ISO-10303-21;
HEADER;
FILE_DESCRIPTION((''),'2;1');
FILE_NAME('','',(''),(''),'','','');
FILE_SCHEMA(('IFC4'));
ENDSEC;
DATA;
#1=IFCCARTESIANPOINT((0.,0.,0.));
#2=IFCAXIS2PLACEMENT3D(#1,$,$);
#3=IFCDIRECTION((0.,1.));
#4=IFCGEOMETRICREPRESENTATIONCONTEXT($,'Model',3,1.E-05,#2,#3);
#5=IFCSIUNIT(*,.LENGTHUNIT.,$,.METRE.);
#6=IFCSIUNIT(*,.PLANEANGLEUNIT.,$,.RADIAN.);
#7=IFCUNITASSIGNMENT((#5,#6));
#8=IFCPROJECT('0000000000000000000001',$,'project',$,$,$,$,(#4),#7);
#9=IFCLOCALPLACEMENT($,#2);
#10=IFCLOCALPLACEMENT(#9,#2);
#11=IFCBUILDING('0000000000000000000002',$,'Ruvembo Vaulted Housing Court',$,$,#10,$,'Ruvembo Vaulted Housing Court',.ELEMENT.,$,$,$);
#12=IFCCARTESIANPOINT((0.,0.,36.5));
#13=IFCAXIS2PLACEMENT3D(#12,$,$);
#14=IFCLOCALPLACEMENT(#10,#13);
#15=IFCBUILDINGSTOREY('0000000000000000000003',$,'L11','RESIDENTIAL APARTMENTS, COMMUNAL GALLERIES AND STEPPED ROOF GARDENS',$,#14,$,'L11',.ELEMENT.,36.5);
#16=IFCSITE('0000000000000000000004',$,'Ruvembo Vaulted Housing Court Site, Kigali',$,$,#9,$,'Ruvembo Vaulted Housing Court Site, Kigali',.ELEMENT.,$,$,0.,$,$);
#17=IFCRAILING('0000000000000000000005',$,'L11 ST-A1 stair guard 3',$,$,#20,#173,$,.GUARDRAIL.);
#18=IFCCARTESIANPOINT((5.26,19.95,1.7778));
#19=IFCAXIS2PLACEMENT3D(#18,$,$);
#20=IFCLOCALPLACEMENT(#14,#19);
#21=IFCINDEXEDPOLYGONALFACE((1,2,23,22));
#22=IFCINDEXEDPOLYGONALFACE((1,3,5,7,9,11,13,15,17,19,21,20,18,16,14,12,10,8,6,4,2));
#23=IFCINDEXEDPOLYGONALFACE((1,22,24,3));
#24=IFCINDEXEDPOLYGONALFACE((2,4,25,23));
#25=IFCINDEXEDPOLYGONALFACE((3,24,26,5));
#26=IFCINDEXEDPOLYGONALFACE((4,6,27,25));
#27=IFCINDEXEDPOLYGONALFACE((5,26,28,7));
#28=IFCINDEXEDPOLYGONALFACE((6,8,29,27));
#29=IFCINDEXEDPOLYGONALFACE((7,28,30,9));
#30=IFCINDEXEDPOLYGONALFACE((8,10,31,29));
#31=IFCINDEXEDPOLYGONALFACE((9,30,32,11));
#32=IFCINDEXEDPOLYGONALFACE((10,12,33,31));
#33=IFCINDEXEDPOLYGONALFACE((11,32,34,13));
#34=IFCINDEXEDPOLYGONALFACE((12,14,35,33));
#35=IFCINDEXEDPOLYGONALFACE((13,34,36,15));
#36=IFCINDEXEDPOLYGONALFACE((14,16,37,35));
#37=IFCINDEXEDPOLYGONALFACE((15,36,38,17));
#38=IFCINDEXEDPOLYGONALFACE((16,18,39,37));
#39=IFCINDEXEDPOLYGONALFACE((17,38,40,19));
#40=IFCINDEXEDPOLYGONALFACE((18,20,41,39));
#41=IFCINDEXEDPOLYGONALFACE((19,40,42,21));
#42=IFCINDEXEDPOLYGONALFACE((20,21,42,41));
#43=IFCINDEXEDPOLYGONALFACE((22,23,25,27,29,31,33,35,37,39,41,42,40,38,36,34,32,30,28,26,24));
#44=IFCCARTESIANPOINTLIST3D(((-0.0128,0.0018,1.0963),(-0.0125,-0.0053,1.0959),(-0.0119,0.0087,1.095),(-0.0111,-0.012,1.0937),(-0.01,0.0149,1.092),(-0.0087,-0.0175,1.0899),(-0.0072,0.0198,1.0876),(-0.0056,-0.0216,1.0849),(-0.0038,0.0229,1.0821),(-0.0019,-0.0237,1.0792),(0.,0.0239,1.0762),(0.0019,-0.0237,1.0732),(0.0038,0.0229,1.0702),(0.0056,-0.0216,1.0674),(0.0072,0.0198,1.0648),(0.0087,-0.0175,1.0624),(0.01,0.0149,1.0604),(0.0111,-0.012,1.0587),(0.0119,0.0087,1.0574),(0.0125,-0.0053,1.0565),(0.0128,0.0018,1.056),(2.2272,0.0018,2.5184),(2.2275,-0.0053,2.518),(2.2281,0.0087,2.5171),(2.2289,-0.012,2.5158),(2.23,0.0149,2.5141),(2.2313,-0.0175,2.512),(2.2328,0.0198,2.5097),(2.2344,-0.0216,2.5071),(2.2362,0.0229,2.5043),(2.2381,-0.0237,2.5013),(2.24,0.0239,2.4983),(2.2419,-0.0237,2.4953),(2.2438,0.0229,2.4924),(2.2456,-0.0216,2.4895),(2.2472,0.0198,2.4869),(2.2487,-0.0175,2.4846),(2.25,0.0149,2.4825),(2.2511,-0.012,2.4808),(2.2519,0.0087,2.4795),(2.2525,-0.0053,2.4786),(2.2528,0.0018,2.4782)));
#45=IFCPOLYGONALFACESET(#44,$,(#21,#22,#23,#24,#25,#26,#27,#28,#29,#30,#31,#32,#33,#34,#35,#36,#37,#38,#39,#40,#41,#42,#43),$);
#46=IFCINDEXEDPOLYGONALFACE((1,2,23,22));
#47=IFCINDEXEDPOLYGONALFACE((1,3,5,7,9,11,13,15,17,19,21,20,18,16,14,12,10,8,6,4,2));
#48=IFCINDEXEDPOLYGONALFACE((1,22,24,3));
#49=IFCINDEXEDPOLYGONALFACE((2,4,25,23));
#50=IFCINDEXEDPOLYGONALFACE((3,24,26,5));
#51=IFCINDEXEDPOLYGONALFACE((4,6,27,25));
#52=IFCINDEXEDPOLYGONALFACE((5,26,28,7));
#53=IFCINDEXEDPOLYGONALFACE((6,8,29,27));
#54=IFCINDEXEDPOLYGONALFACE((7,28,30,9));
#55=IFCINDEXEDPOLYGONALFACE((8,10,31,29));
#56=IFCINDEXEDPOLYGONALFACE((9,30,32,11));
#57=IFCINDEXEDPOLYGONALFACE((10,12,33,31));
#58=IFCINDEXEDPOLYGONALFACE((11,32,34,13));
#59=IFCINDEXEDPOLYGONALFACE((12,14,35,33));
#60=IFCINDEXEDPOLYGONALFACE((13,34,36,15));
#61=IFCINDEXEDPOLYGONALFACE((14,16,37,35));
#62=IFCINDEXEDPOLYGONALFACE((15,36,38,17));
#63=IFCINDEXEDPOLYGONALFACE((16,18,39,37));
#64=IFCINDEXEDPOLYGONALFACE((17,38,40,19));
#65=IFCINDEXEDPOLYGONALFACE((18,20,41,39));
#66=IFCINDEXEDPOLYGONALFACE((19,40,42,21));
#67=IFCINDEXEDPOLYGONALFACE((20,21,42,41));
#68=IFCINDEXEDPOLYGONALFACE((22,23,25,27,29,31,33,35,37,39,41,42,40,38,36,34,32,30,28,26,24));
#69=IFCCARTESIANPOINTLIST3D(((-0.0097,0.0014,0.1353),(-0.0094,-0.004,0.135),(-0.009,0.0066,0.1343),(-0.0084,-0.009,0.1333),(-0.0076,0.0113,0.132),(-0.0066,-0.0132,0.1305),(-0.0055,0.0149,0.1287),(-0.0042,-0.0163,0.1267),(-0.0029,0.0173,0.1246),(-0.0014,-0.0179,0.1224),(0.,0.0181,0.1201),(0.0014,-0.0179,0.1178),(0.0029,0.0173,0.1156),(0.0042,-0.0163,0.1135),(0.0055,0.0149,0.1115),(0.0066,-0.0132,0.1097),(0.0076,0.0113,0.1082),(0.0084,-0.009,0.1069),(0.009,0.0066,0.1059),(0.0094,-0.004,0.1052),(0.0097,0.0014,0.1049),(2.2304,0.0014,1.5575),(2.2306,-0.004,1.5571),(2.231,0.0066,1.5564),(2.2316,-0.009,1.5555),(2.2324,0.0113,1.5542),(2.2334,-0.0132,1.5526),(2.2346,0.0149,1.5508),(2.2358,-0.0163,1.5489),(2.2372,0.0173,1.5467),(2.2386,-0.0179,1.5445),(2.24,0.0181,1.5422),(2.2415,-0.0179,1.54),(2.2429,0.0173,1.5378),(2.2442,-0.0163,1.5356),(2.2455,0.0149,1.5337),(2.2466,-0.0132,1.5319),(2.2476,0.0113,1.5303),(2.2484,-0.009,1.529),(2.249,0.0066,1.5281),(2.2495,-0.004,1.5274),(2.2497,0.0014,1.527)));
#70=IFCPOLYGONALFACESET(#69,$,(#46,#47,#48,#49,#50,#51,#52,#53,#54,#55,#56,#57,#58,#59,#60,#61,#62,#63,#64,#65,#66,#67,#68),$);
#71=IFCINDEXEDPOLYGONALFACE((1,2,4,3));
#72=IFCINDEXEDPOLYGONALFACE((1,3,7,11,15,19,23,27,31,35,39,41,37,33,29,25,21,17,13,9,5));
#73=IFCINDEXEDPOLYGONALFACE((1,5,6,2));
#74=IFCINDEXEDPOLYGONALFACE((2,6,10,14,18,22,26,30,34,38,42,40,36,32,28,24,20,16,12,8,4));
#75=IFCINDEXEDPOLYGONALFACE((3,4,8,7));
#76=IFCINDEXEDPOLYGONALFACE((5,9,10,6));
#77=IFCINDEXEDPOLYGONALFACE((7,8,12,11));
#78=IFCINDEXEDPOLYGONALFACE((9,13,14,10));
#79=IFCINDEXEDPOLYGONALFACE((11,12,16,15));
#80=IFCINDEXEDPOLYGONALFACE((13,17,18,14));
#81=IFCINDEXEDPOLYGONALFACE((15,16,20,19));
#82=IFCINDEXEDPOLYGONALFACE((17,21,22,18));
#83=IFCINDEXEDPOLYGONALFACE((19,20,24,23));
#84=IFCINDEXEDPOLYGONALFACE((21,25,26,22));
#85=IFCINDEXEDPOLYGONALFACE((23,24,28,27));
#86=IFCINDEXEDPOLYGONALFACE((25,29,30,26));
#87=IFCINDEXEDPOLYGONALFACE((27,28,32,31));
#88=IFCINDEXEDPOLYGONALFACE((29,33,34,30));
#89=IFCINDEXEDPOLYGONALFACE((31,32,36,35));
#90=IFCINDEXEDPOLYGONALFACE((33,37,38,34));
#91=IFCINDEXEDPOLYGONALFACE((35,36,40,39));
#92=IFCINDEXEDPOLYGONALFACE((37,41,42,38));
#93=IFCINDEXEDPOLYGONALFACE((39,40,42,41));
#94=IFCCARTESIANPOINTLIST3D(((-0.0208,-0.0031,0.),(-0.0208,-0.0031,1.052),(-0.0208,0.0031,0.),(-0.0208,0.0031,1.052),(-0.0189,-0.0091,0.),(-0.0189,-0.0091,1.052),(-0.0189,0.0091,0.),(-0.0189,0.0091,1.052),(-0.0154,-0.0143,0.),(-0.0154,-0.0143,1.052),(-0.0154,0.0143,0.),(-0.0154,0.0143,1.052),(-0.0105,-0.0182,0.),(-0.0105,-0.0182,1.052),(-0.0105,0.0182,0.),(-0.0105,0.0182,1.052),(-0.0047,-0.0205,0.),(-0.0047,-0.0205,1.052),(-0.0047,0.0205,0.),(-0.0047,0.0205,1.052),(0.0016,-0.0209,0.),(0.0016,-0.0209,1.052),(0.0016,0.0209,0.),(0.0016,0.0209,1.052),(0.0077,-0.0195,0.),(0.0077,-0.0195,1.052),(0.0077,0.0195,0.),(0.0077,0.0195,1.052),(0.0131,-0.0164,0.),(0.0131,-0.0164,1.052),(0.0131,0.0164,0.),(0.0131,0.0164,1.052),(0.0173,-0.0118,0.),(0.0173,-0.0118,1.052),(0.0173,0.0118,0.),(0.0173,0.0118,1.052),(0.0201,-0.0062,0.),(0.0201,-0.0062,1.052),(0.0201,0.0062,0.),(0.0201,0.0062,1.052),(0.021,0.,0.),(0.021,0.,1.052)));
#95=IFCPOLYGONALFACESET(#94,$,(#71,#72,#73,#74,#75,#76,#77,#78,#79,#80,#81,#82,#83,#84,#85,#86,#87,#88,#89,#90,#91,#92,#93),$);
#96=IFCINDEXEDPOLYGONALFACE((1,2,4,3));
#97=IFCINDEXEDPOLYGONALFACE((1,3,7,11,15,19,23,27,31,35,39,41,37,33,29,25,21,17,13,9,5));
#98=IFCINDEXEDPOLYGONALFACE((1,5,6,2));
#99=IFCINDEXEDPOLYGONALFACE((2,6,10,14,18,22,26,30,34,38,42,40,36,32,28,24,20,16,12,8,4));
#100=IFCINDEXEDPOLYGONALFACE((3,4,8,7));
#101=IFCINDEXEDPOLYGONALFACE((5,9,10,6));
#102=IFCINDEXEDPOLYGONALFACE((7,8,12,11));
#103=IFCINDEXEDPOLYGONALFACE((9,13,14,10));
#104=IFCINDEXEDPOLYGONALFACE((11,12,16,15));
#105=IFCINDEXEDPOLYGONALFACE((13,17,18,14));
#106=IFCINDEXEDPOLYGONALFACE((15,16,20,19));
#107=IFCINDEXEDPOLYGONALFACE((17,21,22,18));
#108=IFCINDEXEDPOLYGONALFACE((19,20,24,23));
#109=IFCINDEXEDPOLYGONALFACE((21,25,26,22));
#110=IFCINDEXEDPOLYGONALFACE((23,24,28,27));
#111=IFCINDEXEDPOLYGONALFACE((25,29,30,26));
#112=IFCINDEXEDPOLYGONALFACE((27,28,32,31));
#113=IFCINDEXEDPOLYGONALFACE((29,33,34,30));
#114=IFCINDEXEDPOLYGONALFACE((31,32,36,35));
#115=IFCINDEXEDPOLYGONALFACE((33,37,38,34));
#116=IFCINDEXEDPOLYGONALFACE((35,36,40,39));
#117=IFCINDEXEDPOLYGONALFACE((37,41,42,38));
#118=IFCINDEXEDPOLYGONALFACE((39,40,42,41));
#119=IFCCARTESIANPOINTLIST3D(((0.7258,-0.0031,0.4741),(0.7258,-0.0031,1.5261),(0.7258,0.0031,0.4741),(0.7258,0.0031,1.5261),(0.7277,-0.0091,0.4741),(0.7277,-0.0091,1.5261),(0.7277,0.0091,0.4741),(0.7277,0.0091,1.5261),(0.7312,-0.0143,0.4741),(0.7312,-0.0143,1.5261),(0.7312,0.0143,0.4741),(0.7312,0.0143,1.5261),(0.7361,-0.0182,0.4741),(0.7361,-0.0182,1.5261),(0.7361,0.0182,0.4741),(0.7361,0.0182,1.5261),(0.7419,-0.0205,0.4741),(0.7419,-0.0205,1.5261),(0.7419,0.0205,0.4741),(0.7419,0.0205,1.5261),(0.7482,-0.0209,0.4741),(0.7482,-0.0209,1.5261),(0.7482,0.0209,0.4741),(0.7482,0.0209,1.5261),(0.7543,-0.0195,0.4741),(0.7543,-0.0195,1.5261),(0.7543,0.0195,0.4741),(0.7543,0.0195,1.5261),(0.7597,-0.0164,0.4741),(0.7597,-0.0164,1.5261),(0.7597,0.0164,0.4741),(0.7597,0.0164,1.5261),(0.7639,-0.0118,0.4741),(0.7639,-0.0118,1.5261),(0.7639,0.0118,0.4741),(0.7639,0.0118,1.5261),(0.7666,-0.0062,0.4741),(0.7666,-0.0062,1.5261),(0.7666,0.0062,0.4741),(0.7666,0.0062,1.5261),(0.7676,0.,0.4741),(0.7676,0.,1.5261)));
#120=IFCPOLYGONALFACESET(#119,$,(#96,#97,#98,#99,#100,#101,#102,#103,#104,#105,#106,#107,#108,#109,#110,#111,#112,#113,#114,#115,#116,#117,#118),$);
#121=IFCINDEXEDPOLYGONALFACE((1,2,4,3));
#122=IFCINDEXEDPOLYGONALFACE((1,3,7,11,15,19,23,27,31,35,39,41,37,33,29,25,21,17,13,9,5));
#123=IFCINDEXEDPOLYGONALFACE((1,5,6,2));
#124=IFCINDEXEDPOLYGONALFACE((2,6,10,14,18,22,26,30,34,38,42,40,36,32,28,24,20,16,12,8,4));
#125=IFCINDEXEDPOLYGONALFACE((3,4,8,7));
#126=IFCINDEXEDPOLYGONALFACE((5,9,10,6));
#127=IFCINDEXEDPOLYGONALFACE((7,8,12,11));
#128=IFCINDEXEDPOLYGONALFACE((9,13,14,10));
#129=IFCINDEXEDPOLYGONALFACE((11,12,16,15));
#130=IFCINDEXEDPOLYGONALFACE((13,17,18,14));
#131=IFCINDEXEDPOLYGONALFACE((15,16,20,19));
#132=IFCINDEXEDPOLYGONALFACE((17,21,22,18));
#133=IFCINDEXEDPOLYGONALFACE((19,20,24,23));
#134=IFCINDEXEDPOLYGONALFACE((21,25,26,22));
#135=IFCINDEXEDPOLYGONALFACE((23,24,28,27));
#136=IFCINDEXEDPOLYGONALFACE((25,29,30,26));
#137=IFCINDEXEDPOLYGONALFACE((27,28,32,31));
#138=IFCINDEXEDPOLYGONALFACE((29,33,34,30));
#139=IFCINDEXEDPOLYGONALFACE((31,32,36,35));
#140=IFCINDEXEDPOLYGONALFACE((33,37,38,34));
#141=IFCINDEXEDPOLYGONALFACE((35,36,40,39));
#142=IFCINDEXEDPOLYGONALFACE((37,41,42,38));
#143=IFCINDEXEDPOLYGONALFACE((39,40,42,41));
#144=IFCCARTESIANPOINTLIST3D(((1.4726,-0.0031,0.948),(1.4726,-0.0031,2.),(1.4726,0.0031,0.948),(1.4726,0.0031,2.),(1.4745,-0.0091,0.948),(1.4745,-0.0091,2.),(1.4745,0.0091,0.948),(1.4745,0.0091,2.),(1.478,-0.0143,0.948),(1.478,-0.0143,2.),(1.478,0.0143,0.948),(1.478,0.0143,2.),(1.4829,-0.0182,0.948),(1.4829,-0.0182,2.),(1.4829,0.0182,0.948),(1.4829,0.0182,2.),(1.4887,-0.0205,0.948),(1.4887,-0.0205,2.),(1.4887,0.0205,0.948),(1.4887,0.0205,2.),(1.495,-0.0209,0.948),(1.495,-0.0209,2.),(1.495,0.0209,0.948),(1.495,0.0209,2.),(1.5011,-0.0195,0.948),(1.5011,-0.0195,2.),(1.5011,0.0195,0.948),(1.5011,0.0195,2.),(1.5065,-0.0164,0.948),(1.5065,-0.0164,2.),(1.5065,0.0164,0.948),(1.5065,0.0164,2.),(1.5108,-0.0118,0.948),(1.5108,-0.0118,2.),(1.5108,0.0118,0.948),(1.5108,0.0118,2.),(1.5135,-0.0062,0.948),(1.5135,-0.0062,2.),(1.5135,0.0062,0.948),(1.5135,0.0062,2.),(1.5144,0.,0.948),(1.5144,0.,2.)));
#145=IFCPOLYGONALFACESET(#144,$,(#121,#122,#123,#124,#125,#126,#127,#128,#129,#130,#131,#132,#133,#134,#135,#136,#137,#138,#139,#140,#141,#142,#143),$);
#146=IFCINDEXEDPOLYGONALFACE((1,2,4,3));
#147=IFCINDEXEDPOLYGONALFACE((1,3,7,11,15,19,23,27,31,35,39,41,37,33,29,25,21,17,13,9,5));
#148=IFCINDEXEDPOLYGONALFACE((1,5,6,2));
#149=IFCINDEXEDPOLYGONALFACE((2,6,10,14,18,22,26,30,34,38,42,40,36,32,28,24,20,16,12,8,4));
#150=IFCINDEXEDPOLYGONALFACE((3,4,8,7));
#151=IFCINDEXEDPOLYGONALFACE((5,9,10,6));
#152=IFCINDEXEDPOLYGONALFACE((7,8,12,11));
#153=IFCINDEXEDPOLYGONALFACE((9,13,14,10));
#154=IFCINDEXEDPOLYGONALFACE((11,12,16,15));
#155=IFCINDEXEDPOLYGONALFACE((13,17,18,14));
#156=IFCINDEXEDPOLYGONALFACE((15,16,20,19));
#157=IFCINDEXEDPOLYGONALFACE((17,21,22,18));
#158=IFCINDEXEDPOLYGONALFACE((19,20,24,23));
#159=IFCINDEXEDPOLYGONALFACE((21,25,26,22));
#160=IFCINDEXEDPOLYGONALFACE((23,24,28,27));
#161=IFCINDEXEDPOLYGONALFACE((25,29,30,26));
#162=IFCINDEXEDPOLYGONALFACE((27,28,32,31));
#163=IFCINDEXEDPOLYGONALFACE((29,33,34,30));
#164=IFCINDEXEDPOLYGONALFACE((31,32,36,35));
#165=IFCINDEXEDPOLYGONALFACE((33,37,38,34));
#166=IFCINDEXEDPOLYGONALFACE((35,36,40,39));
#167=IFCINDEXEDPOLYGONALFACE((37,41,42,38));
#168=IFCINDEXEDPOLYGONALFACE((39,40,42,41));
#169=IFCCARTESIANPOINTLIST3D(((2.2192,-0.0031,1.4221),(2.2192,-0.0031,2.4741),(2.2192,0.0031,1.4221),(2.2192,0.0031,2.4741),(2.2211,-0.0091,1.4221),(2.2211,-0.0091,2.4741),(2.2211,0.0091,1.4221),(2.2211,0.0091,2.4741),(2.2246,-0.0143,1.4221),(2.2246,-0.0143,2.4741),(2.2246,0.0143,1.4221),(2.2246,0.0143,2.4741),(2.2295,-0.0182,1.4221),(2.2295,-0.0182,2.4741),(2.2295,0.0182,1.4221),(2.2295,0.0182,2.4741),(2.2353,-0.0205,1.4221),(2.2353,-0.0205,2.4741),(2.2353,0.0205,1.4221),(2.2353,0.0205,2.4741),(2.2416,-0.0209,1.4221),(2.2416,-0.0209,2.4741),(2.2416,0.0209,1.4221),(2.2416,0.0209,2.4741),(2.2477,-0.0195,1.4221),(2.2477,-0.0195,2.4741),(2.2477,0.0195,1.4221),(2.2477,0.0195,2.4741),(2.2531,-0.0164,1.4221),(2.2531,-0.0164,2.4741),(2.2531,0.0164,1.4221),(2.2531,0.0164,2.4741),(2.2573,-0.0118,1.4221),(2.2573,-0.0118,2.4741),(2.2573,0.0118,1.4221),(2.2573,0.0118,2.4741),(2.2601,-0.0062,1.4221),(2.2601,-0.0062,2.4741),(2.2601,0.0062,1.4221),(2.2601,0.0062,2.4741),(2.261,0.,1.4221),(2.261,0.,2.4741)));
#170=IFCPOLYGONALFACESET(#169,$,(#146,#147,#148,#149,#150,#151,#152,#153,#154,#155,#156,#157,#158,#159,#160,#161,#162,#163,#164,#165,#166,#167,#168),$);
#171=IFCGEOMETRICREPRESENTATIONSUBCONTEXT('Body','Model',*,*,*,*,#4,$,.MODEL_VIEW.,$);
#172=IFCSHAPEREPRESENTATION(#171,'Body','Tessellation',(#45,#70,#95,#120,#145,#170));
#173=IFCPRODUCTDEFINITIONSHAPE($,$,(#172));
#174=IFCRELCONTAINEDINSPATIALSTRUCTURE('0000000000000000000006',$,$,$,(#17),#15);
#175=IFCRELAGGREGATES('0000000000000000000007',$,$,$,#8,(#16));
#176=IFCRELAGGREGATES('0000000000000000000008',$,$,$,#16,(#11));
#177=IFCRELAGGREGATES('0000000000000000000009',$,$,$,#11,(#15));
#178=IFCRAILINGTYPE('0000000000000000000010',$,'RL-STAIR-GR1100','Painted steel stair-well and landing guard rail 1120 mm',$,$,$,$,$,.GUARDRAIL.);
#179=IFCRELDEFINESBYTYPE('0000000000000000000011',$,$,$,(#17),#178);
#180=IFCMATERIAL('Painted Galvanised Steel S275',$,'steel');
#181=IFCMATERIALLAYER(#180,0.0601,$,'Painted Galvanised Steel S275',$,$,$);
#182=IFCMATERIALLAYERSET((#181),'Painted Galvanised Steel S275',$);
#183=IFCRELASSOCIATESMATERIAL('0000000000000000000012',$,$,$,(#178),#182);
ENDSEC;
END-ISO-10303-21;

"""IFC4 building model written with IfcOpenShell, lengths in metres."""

from ifc_helpers import new_model, si_unit, direction, frame, origin, origin_2d, place, context, subcontext, project, spatial, circle, extrude, material, layer, layer_set, type_object, element, save


model = new_model("IFC4")

# Units and contexts
model_context = context("Model", 3, precision=1e-05, world=origin(), true_north=direction((0.0, 1.0)))
body_context = subcontext(model_context, "Body", "Model", "MODEL_VIEW")
ifc_project = project(units=[si_unit("LENGTHUNIT", "METRE"), si_unit("PLANEANGLEUNIT", "RADIAN")], contexts=[model_context])

# Site, building, storey
site_placement = place(None, origin())
site = spatial("IfcSite", under=ifc_project, at=site_placement, Name="Ruvembo Vaulted Housing Court Site, Kigali", LongName="Ruvembo Vaulted Housing Court Site, Kigali", CompositionType="ELEMENT", RefElevation=0.0)
building_placement = place(site_placement, origin())
building = spatial("IfcBuilding", under=site, at=building_placement, Name="Ruvembo Vaulted Housing Court", LongName="Ruvembo Vaulted Housing Court", CompositionType="ELEMENT")
storey_placement = place(building_placement, frame((0.0, 0.0, 36.5)))
storey = spatial("IfcBuildingStorey", under=building, at=storey_placement, Name="L11", Description="RESIDENTIAL APARTMENTS, COMMUNAL GALLERIES AND STEPPED ROOF GARDENS", LongName="L11", CompositionType="ELEMENT", Elevation=36.5)

# Railing
ifc_material_1 = material(Name="Painted Galvanised Steel S275", Category="steel")
ifc_layer_1 = layer(ifc_material_1, 0.0601, Name="Painted Galvanised Steel S275")
ifc_layer_set_1 = layer_set([ifc_layer_1], Name="Painted Galvanised Steel S275")
railing_type_1 = type_object("IfcRailingType", Name="RL-STAIR-GR1100", Description="Painted steel stair-well and landing guard rail 1120 mm", PredefinedType="GUARDRAIL", material=ifc_layer_set_1)
railing_1_placement = place(storey_placement, frame((5.26, 19.95, 1.7778)))
element("IfcRailing", 1, at=railing_1_placement, inside=storey, type_object=railing_type_1, Name="L11 ST-A1 stair guard 3", PredefinedType="GUARDRAIL", context=body_context, shape_type="SweptSolid", body=[
    extrude(circle(Radius=0.0239, at=origin_2d()), frame((0.0, 0.0, 1.0762), z_axis=(0.844229, 0.0, 0.535982), x_axis=(0.0, 1.0, 0.0)), (0.0, 0.0, 1.0), 2.6533),
    extrude(circle(Radius=0.0181, at=origin_2d()), frame((0.0, 0.0, 0.1201), z_axis=(0.844229, 0.0, 0.535982), x_axis=(0.0, 1.0, 0.0)), (0.0, 0.0, 1.0), 2.6533),
    extrude(circle(Radius=0.021, at=origin_2d()), origin(), (0.0, 0.0, 1.0), 1.052),
    extrude(circle(Radius=0.021, at=origin_2d()), frame((0.7466, 0.0, 0.4741)), (0.0, 0.0, 1.0), 1.052),
    extrude(circle(Radius=0.021, at=origin_2d()), frame((1.4934, 0.0, 0.948)), (0.0, 0.0, 1.0), 1.052),
    extrude(circle(Radius=0.021, at=origin_2d()), frame((2.24, 0.0, 1.4221)), (0.0, 0.0, 1.0), 1.052),
])

save(model, "model.ifc")
